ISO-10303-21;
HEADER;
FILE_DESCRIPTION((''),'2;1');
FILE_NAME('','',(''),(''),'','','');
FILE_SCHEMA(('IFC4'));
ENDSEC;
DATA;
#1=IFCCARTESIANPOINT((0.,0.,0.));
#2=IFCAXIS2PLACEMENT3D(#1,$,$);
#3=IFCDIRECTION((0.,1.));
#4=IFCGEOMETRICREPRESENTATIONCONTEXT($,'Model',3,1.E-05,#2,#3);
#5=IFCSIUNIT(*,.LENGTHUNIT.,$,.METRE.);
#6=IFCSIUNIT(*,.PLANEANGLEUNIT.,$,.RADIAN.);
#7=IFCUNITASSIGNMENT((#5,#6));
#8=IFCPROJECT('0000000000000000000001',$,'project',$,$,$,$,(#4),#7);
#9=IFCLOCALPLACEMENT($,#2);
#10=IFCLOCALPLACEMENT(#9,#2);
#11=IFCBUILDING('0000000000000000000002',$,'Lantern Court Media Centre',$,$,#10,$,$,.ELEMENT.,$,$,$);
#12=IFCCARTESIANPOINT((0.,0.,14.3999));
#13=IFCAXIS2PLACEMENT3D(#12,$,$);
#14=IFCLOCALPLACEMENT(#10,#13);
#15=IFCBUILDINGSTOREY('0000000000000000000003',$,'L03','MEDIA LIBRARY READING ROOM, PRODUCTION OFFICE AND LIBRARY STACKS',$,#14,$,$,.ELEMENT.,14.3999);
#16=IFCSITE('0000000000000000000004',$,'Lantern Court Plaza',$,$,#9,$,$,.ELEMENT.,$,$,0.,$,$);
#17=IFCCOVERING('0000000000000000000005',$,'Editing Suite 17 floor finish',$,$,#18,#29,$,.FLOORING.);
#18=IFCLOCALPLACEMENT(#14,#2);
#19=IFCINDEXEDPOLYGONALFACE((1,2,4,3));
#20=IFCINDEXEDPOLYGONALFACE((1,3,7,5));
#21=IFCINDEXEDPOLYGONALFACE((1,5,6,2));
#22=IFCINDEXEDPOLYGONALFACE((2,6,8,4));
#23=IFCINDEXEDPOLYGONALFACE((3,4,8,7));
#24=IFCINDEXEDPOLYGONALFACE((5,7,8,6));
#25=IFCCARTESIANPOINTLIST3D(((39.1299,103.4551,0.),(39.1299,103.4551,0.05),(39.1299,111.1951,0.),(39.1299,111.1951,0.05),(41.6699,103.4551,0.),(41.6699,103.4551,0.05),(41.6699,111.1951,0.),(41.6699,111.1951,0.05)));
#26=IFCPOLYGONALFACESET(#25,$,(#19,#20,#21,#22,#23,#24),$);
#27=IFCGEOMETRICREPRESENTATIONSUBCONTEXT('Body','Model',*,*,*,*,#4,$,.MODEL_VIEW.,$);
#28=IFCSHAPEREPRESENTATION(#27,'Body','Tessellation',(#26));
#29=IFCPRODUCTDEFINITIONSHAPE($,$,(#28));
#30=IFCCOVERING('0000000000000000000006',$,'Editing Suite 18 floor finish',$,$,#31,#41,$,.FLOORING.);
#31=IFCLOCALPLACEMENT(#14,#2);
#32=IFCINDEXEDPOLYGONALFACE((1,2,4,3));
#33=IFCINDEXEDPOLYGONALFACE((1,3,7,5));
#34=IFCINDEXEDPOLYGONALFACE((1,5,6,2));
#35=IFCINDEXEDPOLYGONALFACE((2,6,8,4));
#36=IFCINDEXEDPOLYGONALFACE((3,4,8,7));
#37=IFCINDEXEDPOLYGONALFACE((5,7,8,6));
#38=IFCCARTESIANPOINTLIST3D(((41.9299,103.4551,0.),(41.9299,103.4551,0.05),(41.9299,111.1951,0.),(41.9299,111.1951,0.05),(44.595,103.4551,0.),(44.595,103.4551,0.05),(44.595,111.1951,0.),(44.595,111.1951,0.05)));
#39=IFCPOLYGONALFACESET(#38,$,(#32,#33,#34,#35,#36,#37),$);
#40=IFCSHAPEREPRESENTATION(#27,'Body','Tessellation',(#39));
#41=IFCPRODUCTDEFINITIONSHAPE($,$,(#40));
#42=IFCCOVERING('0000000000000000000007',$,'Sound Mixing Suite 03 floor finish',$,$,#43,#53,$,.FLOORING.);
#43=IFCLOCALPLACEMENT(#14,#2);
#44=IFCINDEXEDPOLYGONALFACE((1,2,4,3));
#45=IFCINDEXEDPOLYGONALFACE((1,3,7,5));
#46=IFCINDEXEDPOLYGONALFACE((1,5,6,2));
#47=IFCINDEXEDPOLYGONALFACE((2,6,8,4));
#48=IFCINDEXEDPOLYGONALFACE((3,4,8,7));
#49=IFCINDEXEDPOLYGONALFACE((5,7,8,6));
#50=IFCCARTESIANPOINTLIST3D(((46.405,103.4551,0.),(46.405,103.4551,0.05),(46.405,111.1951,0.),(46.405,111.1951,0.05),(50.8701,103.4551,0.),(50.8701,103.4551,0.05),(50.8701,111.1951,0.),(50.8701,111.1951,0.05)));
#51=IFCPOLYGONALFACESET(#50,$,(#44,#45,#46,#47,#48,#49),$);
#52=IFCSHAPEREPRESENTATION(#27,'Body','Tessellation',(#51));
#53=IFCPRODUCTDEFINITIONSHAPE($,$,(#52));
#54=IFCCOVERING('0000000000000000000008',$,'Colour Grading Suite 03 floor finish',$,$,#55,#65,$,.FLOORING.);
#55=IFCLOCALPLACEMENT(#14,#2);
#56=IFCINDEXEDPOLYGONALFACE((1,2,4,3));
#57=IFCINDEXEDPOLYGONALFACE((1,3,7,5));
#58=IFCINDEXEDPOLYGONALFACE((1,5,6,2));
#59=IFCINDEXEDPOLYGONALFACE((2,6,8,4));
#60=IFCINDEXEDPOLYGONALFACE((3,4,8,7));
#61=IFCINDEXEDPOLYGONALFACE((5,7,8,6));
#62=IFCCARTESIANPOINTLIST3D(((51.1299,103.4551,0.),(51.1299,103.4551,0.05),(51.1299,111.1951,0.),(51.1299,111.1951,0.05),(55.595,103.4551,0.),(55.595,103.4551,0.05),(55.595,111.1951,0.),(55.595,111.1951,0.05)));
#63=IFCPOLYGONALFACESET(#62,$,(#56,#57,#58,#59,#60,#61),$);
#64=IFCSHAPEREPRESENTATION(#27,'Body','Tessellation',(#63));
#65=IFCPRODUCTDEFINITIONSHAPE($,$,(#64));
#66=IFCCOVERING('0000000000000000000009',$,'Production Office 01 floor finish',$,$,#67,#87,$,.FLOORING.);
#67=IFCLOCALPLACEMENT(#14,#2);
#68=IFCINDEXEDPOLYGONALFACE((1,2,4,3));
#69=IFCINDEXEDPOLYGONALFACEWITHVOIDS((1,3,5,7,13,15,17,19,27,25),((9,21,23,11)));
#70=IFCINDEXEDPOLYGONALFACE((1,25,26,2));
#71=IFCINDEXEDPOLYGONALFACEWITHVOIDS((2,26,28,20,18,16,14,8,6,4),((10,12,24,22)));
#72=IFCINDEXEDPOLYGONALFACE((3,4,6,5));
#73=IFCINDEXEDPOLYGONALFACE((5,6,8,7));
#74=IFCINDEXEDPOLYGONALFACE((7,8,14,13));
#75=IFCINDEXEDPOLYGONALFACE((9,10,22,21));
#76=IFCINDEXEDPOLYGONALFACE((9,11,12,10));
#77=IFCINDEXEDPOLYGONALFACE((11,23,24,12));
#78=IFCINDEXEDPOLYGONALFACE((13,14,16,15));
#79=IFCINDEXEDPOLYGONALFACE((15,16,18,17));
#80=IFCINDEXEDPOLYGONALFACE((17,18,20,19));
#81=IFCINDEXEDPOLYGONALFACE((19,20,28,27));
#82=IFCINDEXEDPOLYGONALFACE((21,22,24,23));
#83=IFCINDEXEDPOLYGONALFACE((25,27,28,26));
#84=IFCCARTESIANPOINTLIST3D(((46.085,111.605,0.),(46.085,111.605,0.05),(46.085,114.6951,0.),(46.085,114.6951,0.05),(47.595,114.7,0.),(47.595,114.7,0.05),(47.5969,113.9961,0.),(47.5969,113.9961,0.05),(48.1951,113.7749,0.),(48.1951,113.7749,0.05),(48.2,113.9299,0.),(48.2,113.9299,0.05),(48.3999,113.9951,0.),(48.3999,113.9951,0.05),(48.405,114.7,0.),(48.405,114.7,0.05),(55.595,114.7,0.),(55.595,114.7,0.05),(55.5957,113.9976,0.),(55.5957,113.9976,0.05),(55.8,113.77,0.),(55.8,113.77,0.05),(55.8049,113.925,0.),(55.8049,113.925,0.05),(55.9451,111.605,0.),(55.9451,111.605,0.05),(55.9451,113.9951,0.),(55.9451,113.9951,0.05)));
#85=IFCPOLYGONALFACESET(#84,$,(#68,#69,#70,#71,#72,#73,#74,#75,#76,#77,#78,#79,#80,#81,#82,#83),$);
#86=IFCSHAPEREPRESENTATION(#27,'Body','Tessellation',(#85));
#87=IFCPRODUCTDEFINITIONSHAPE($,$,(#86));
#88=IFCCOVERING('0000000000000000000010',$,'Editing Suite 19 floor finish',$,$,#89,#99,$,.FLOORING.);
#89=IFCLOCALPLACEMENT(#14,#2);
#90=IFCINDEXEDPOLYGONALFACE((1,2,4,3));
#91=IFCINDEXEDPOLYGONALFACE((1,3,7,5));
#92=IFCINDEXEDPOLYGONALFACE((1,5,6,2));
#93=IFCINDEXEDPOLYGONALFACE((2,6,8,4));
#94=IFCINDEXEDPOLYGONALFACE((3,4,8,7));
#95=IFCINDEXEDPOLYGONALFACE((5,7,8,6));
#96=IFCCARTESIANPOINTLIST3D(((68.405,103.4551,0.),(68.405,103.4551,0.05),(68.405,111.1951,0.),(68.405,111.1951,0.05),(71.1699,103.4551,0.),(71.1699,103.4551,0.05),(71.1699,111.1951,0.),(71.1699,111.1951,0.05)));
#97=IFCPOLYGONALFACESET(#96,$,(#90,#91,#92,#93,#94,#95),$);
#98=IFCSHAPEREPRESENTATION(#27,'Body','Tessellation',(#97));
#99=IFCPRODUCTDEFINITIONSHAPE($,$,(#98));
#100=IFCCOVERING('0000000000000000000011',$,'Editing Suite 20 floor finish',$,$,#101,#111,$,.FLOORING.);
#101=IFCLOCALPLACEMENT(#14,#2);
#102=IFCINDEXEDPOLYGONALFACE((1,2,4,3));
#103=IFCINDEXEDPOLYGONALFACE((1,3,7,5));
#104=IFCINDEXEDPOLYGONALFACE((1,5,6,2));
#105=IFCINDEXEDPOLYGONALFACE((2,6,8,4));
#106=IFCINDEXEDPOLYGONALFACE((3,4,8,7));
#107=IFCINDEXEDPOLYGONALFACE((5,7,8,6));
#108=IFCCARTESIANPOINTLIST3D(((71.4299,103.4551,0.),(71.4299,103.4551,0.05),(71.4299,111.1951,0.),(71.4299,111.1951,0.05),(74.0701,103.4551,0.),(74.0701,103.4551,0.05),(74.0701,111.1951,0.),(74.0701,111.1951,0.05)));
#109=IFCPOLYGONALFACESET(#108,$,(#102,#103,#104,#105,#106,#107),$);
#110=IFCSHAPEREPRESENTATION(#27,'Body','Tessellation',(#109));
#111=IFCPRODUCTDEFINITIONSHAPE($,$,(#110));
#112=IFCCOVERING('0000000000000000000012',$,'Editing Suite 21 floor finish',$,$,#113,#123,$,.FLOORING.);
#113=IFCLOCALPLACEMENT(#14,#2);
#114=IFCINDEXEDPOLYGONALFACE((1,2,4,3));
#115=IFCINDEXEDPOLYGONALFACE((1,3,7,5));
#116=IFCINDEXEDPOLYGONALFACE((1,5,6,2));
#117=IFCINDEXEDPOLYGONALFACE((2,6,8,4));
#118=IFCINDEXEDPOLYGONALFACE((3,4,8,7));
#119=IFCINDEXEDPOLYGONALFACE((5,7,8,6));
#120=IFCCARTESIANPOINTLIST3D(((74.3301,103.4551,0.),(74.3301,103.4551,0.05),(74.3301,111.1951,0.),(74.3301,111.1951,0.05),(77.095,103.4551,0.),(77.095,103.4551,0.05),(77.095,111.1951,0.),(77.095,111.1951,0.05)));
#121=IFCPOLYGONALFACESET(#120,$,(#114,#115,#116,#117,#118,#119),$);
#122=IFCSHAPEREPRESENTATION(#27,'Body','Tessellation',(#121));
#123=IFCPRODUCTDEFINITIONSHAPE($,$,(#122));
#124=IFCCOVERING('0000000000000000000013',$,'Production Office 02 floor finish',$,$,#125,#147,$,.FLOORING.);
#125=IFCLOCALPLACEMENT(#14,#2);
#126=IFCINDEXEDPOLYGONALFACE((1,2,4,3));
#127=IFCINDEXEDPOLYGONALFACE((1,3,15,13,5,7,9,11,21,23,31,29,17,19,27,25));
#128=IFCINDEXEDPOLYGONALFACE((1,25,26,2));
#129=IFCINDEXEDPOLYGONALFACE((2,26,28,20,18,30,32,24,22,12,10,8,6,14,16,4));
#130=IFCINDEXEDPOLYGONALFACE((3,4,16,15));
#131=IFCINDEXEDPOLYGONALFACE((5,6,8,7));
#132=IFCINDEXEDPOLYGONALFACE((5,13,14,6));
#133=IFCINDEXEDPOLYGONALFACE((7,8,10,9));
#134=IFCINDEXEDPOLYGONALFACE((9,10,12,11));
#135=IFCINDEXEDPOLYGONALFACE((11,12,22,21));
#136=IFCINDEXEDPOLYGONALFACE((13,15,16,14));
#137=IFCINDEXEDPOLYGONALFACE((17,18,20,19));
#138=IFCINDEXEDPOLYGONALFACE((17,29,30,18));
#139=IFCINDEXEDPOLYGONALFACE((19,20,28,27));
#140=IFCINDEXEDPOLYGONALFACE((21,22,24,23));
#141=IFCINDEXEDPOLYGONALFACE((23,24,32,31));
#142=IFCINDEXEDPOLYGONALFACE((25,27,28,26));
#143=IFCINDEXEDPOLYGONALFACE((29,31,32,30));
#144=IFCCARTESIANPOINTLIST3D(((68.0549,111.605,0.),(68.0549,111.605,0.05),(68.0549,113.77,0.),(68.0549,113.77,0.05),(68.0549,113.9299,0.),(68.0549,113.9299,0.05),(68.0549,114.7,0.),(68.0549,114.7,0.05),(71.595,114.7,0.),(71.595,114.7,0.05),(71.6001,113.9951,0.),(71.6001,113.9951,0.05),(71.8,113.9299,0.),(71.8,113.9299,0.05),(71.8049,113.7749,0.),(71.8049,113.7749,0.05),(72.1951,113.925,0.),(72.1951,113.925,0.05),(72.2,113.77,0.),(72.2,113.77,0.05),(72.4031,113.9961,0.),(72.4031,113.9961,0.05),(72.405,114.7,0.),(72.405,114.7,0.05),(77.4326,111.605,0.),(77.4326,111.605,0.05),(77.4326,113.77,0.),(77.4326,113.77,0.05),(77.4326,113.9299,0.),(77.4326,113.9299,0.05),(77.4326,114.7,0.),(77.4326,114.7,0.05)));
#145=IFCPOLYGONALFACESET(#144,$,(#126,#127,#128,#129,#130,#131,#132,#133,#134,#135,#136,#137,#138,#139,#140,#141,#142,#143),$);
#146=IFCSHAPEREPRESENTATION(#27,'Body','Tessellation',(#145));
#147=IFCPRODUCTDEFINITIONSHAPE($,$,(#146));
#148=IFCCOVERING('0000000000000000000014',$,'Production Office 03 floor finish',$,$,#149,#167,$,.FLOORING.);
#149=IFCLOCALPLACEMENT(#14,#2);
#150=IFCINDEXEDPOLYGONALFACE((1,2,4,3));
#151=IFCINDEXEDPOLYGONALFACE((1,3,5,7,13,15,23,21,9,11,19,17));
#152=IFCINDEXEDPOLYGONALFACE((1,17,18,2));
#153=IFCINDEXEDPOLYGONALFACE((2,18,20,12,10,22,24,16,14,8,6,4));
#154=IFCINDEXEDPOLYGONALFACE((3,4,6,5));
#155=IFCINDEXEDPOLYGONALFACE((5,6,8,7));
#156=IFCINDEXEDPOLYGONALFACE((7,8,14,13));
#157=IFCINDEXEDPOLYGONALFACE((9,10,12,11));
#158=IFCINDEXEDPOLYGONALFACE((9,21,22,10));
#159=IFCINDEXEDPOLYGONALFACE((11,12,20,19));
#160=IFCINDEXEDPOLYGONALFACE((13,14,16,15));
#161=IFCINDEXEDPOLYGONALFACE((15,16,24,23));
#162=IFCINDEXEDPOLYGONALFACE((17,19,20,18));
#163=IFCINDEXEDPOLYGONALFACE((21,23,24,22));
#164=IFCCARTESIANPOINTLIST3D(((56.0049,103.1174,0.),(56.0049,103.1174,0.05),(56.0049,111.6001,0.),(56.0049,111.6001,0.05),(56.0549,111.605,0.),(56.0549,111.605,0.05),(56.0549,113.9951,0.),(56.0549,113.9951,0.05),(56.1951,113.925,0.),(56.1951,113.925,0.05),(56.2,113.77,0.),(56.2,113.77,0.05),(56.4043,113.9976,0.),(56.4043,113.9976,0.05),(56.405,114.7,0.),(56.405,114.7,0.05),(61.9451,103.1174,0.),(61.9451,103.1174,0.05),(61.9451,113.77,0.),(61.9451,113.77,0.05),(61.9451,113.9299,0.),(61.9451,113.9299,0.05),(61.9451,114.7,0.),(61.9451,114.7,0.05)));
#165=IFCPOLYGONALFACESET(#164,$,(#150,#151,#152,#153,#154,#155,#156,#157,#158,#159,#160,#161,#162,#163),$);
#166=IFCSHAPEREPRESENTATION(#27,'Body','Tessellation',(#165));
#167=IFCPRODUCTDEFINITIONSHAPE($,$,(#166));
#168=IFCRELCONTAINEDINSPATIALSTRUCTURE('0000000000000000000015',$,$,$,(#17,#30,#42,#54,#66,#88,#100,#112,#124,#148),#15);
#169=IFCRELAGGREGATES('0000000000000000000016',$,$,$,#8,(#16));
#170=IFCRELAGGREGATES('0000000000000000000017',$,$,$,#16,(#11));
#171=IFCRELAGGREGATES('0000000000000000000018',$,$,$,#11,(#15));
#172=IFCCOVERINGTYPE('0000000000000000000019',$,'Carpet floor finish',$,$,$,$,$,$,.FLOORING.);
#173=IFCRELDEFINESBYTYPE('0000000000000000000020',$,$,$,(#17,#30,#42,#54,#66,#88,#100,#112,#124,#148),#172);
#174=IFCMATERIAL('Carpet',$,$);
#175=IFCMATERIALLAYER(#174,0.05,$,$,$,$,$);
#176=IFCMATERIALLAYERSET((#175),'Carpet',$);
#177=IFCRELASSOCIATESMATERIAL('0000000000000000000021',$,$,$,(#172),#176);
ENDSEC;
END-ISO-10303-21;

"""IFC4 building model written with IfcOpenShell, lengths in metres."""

from ifc_helpers import new_model, si_unit, direction, frame, origin, place, context, subcontext, project, spatial, polyline, outline, extrude, material, layer, layer_set, type_object, element, save


model = new_model("IFC4")

# Units and contexts
model_context = context("Model", 3, precision=1e-05, world=origin(), true_north=direction((0.0, 1.0)))
body_context = subcontext(model_context, "Body", "Model", "MODEL_VIEW")
ifc_project = project(units=[si_unit("LENGTHUNIT", "METRE"), si_unit("PLANEANGLEUNIT", "RADIAN")], contexts=[model_context])

# Site, building, storey
site_placement = place(None, origin())
site = spatial("IfcSite", under=ifc_project, at=site_placement, Name="Lantern Court Plaza", CompositionType="ELEMENT", RefElevation=0.0)
building_placement = place(site_placement, origin())
building = spatial("IfcBuilding", under=site, at=building_placement, Name="Lantern Court Media Centre", CompositionType="ELEMENT")
storey_placement = place(building_placement, frame((0.0, 0.0, 14.3999)))
storey = spatial("IfcBuildingStorey", under=building, at=storey_placement, Name="L03", Description="MEDIA LIBRARY READING ROOM, PRODUCTION OFFICE AND LIBRARY STACKS", CompositionType="ELEMENT", Elevation=14.3999)

# Coverings
ifc_material_1 = material(Name="Carpet")
ifc_layer_1 = layer(ifc_material_1, 0.05)
ifc_layer_set_1 = layer_set([ifc_layer_1], Name="Carpet")
covering_type_1 = type_object("IfcCoveringType", Name="Carpet floor finish", PredefinedType="FLOORING", material=ifc_layer_set_1)
covering_1_placement = place(storey_placement, origin())
element("IfcCovering", 1, at=covering_1_placement, inside=storey, type_object=covering_type_1, Name="Editing Suite 17 floor finish", PredefinedType="FLOORING", context=body_context, shape_type="SweptSolid", body=[
    extrude(outline(polyline([(39.1299, 111.1951), (41.6699, 111.1951), (41.6699, 103.4551), (39.1299, 103.4551), (39.1299, 111.1951)])), origin(), (0.0, 0.0, 1.0), 0.05),
])
covering_2_placement = place(storey_placement, origin())
element("IfcCovering", 2, at=covering_2_placement, inside=storey, type_object=covering_type_1, Name="Editing Suite 18 floor finish", PredefinedType="FLOORING", context=body_context, shape_type="SweptSolid", body=[
    extrude(outline(polyline([(41.9299, 111.1951), (44.595, 111.1951), (44.595, 103.4551), (41.9299, 103.4551), (41.9299, 111.1951)])), origin(), (0.0, 0.0, 1.0), 0.05),
])
covering_3_placement = place(storey_placement, origin())
element("IfcCovering", 3, at=covering_3_placement, inside=storey, type_object=covering_type_1, Name="Sound Mixing Suite 03 floor finish", PredefinedType="FLOORING", context=body_context, shape_type="SweptSolid", body=[
    extrude(outline(polyline([(46.405, 103.4551), (46.405, 111.1951), (50.8701, 111.1951), (50.8701, 103.4551), (46.405, 103.4551)])), origin(), (0.0, 0.0, 1.0), 0.05),
])
covering_4_placement = place(storey_placement, origin())
element("IfcCovering", 4, at=covering_4_placement, inside=storey, type_object=covering_type_1, Name="Colour Grading Suite 03 floor finish", PredefinedType="FLOORING", context=body_context, shape_type="SweptSolid", body=[
    extrude(outline(polyline([(51.1299, 111.1951), (55.595, 111.1951), (55.595, 103.4551), (51.1299, 103.4551), (51.1299, 111.1951)])), origin(), (0.0, 0.0, 1.0), 0.05),
])
covering_5_placement = place(storey_placement, origin())
element("IfcCovering", 5, at=covering_5_placement, inside=storey, type_object=covering_type_1, Name="Production Office 01 floor finish", PredefinedType="FLOORING", context=body_context, shape_type="SweptSolid", body=[
    extrude(outline(polyline([(55.595, 114.7), (55.5957, 113.9976), (55.9451, 113.9951), (55.9451, 111.605), (46.085, 111.605), (46.085, 114.6951), (47.595, 114.7), (47.5969, 113.9961), (48.3999, 113.9951), (48.405, 114.7), (55.595, 114.7)]), holes=[polyline([(48.1951, 113.7749), (55.8, 113.77), (55.8049, 113.925), (48.2, 113.9299), (48.1951, 113.7749)])]), origin(), (0.0, 0.0, 1.0), 0.05),
])
covering_6_placement = place(storey_placement, origin())
element("IfcCovering", 6, at=covering_6_placement, inside=storey, type_object=covering_type_1, Name="Editing Suite 19 floor finish", PredefinedType="FLOORING", context=body_context, shape_type="SweptSolid", body=[
    extrude(outline(polyline([(71.1699, 111.1951), (71.1699, 103.4551), (68.405, 103.4551), (68.405, 111.1951), (71.1699, 111.1951)])), origin(), (0.0, 0.0, 1.0), 0.05),
])
covering_7_placement = place(storey_placement, origin())
element("IfcCovering", 7, at=covering_7_placement, inside=storey, type_object=covering_type_1, Name="Editing Suite 20 floor finish", PredefinedType="FLOORING", context=body_context, shape_type="SweptSolid", body=[
    extrude(outline(polyline([(71.4299, 111.1951), (74.0701, 111.1951), (74.0701, 103.4551), (71.4299, 103.4551), (71.4299, 111.1951)])), origin(), (0.0, 0.0, 1.0), 0.05),
])
covering_8_placement = place(storey_placement, origin())
element("IfcCovering", 8, at=covering_8_placement, inside=storey, type_object=covering_type_1, Name="Editing Suite 21 floor finish", PredefinedType="FLOORING", context=body_context, shape_type="SweptSolid", body=[
    extrude(outline(polyline([(74.3301, 111.1951), (77.095, 111.1951), (77.095, 103.4551), (74.3301, 103.4551), (74.3301, 111.1951)])), origin(), (0.0, 0.0, 1.0), 0.05),
])
covering_9_placement = place(storey_placement, origin())
element("IfcCovering", 9, at=covering_9_placement, inside=storey, type_object=covering_type_1, Name="Production Office 02 floor finish", PredefinedType="FLOORING", context=body_context, shape_type="SweptSolid", body=[
    extrude(outline(polyline([(77.4326, 114.7), (77.4326, 113.9299), (72.1951, 113.925), (72.2, 113.77), (77.4326, 113.77), (77.4326, 111.605), (68.0549, 111.605), (68.0549, 113.77), (71.8049, 113.7749), (71.8, 113.9299), (68.0549, 113.9299), (68.0549, 114.7), (71.595, 114.7), (71.6001, 113.9951), (72.4031, 113.9961), (72.405, 114.7), (77.4326, 114.7)])), origin(), (0.0, 0.0, 1.0), 0.05),
])
covering_10_placement = place(storey_placement, origin())
element("IfcCovering", 10, at=covering_10_placement, inside=storey, type_object=covering_type_1, Name="Production Office 03 floor finish", PredefinedType="FLOORING", context=body_context, shape_type="SweptSolid", body=[
    extrude(outline(polyline([(61.9451, 114.7), (61.9451, 113.9299), (56.1951, 113.925), (56.2, 113.77), (61.9451, 113.77), (61.9451, 103.1174), (56.0049, 103.1174), (56.0049, 111.6001), (56.0549, 111.605), (56.0549, 113.9951), (56.4043, 113.9976), (56.405, 114.7), (61.9451, 114.7)])), origin(), (0.0, 0.0, 1.0), 0.05),
])

save(model, "model.ifc")
